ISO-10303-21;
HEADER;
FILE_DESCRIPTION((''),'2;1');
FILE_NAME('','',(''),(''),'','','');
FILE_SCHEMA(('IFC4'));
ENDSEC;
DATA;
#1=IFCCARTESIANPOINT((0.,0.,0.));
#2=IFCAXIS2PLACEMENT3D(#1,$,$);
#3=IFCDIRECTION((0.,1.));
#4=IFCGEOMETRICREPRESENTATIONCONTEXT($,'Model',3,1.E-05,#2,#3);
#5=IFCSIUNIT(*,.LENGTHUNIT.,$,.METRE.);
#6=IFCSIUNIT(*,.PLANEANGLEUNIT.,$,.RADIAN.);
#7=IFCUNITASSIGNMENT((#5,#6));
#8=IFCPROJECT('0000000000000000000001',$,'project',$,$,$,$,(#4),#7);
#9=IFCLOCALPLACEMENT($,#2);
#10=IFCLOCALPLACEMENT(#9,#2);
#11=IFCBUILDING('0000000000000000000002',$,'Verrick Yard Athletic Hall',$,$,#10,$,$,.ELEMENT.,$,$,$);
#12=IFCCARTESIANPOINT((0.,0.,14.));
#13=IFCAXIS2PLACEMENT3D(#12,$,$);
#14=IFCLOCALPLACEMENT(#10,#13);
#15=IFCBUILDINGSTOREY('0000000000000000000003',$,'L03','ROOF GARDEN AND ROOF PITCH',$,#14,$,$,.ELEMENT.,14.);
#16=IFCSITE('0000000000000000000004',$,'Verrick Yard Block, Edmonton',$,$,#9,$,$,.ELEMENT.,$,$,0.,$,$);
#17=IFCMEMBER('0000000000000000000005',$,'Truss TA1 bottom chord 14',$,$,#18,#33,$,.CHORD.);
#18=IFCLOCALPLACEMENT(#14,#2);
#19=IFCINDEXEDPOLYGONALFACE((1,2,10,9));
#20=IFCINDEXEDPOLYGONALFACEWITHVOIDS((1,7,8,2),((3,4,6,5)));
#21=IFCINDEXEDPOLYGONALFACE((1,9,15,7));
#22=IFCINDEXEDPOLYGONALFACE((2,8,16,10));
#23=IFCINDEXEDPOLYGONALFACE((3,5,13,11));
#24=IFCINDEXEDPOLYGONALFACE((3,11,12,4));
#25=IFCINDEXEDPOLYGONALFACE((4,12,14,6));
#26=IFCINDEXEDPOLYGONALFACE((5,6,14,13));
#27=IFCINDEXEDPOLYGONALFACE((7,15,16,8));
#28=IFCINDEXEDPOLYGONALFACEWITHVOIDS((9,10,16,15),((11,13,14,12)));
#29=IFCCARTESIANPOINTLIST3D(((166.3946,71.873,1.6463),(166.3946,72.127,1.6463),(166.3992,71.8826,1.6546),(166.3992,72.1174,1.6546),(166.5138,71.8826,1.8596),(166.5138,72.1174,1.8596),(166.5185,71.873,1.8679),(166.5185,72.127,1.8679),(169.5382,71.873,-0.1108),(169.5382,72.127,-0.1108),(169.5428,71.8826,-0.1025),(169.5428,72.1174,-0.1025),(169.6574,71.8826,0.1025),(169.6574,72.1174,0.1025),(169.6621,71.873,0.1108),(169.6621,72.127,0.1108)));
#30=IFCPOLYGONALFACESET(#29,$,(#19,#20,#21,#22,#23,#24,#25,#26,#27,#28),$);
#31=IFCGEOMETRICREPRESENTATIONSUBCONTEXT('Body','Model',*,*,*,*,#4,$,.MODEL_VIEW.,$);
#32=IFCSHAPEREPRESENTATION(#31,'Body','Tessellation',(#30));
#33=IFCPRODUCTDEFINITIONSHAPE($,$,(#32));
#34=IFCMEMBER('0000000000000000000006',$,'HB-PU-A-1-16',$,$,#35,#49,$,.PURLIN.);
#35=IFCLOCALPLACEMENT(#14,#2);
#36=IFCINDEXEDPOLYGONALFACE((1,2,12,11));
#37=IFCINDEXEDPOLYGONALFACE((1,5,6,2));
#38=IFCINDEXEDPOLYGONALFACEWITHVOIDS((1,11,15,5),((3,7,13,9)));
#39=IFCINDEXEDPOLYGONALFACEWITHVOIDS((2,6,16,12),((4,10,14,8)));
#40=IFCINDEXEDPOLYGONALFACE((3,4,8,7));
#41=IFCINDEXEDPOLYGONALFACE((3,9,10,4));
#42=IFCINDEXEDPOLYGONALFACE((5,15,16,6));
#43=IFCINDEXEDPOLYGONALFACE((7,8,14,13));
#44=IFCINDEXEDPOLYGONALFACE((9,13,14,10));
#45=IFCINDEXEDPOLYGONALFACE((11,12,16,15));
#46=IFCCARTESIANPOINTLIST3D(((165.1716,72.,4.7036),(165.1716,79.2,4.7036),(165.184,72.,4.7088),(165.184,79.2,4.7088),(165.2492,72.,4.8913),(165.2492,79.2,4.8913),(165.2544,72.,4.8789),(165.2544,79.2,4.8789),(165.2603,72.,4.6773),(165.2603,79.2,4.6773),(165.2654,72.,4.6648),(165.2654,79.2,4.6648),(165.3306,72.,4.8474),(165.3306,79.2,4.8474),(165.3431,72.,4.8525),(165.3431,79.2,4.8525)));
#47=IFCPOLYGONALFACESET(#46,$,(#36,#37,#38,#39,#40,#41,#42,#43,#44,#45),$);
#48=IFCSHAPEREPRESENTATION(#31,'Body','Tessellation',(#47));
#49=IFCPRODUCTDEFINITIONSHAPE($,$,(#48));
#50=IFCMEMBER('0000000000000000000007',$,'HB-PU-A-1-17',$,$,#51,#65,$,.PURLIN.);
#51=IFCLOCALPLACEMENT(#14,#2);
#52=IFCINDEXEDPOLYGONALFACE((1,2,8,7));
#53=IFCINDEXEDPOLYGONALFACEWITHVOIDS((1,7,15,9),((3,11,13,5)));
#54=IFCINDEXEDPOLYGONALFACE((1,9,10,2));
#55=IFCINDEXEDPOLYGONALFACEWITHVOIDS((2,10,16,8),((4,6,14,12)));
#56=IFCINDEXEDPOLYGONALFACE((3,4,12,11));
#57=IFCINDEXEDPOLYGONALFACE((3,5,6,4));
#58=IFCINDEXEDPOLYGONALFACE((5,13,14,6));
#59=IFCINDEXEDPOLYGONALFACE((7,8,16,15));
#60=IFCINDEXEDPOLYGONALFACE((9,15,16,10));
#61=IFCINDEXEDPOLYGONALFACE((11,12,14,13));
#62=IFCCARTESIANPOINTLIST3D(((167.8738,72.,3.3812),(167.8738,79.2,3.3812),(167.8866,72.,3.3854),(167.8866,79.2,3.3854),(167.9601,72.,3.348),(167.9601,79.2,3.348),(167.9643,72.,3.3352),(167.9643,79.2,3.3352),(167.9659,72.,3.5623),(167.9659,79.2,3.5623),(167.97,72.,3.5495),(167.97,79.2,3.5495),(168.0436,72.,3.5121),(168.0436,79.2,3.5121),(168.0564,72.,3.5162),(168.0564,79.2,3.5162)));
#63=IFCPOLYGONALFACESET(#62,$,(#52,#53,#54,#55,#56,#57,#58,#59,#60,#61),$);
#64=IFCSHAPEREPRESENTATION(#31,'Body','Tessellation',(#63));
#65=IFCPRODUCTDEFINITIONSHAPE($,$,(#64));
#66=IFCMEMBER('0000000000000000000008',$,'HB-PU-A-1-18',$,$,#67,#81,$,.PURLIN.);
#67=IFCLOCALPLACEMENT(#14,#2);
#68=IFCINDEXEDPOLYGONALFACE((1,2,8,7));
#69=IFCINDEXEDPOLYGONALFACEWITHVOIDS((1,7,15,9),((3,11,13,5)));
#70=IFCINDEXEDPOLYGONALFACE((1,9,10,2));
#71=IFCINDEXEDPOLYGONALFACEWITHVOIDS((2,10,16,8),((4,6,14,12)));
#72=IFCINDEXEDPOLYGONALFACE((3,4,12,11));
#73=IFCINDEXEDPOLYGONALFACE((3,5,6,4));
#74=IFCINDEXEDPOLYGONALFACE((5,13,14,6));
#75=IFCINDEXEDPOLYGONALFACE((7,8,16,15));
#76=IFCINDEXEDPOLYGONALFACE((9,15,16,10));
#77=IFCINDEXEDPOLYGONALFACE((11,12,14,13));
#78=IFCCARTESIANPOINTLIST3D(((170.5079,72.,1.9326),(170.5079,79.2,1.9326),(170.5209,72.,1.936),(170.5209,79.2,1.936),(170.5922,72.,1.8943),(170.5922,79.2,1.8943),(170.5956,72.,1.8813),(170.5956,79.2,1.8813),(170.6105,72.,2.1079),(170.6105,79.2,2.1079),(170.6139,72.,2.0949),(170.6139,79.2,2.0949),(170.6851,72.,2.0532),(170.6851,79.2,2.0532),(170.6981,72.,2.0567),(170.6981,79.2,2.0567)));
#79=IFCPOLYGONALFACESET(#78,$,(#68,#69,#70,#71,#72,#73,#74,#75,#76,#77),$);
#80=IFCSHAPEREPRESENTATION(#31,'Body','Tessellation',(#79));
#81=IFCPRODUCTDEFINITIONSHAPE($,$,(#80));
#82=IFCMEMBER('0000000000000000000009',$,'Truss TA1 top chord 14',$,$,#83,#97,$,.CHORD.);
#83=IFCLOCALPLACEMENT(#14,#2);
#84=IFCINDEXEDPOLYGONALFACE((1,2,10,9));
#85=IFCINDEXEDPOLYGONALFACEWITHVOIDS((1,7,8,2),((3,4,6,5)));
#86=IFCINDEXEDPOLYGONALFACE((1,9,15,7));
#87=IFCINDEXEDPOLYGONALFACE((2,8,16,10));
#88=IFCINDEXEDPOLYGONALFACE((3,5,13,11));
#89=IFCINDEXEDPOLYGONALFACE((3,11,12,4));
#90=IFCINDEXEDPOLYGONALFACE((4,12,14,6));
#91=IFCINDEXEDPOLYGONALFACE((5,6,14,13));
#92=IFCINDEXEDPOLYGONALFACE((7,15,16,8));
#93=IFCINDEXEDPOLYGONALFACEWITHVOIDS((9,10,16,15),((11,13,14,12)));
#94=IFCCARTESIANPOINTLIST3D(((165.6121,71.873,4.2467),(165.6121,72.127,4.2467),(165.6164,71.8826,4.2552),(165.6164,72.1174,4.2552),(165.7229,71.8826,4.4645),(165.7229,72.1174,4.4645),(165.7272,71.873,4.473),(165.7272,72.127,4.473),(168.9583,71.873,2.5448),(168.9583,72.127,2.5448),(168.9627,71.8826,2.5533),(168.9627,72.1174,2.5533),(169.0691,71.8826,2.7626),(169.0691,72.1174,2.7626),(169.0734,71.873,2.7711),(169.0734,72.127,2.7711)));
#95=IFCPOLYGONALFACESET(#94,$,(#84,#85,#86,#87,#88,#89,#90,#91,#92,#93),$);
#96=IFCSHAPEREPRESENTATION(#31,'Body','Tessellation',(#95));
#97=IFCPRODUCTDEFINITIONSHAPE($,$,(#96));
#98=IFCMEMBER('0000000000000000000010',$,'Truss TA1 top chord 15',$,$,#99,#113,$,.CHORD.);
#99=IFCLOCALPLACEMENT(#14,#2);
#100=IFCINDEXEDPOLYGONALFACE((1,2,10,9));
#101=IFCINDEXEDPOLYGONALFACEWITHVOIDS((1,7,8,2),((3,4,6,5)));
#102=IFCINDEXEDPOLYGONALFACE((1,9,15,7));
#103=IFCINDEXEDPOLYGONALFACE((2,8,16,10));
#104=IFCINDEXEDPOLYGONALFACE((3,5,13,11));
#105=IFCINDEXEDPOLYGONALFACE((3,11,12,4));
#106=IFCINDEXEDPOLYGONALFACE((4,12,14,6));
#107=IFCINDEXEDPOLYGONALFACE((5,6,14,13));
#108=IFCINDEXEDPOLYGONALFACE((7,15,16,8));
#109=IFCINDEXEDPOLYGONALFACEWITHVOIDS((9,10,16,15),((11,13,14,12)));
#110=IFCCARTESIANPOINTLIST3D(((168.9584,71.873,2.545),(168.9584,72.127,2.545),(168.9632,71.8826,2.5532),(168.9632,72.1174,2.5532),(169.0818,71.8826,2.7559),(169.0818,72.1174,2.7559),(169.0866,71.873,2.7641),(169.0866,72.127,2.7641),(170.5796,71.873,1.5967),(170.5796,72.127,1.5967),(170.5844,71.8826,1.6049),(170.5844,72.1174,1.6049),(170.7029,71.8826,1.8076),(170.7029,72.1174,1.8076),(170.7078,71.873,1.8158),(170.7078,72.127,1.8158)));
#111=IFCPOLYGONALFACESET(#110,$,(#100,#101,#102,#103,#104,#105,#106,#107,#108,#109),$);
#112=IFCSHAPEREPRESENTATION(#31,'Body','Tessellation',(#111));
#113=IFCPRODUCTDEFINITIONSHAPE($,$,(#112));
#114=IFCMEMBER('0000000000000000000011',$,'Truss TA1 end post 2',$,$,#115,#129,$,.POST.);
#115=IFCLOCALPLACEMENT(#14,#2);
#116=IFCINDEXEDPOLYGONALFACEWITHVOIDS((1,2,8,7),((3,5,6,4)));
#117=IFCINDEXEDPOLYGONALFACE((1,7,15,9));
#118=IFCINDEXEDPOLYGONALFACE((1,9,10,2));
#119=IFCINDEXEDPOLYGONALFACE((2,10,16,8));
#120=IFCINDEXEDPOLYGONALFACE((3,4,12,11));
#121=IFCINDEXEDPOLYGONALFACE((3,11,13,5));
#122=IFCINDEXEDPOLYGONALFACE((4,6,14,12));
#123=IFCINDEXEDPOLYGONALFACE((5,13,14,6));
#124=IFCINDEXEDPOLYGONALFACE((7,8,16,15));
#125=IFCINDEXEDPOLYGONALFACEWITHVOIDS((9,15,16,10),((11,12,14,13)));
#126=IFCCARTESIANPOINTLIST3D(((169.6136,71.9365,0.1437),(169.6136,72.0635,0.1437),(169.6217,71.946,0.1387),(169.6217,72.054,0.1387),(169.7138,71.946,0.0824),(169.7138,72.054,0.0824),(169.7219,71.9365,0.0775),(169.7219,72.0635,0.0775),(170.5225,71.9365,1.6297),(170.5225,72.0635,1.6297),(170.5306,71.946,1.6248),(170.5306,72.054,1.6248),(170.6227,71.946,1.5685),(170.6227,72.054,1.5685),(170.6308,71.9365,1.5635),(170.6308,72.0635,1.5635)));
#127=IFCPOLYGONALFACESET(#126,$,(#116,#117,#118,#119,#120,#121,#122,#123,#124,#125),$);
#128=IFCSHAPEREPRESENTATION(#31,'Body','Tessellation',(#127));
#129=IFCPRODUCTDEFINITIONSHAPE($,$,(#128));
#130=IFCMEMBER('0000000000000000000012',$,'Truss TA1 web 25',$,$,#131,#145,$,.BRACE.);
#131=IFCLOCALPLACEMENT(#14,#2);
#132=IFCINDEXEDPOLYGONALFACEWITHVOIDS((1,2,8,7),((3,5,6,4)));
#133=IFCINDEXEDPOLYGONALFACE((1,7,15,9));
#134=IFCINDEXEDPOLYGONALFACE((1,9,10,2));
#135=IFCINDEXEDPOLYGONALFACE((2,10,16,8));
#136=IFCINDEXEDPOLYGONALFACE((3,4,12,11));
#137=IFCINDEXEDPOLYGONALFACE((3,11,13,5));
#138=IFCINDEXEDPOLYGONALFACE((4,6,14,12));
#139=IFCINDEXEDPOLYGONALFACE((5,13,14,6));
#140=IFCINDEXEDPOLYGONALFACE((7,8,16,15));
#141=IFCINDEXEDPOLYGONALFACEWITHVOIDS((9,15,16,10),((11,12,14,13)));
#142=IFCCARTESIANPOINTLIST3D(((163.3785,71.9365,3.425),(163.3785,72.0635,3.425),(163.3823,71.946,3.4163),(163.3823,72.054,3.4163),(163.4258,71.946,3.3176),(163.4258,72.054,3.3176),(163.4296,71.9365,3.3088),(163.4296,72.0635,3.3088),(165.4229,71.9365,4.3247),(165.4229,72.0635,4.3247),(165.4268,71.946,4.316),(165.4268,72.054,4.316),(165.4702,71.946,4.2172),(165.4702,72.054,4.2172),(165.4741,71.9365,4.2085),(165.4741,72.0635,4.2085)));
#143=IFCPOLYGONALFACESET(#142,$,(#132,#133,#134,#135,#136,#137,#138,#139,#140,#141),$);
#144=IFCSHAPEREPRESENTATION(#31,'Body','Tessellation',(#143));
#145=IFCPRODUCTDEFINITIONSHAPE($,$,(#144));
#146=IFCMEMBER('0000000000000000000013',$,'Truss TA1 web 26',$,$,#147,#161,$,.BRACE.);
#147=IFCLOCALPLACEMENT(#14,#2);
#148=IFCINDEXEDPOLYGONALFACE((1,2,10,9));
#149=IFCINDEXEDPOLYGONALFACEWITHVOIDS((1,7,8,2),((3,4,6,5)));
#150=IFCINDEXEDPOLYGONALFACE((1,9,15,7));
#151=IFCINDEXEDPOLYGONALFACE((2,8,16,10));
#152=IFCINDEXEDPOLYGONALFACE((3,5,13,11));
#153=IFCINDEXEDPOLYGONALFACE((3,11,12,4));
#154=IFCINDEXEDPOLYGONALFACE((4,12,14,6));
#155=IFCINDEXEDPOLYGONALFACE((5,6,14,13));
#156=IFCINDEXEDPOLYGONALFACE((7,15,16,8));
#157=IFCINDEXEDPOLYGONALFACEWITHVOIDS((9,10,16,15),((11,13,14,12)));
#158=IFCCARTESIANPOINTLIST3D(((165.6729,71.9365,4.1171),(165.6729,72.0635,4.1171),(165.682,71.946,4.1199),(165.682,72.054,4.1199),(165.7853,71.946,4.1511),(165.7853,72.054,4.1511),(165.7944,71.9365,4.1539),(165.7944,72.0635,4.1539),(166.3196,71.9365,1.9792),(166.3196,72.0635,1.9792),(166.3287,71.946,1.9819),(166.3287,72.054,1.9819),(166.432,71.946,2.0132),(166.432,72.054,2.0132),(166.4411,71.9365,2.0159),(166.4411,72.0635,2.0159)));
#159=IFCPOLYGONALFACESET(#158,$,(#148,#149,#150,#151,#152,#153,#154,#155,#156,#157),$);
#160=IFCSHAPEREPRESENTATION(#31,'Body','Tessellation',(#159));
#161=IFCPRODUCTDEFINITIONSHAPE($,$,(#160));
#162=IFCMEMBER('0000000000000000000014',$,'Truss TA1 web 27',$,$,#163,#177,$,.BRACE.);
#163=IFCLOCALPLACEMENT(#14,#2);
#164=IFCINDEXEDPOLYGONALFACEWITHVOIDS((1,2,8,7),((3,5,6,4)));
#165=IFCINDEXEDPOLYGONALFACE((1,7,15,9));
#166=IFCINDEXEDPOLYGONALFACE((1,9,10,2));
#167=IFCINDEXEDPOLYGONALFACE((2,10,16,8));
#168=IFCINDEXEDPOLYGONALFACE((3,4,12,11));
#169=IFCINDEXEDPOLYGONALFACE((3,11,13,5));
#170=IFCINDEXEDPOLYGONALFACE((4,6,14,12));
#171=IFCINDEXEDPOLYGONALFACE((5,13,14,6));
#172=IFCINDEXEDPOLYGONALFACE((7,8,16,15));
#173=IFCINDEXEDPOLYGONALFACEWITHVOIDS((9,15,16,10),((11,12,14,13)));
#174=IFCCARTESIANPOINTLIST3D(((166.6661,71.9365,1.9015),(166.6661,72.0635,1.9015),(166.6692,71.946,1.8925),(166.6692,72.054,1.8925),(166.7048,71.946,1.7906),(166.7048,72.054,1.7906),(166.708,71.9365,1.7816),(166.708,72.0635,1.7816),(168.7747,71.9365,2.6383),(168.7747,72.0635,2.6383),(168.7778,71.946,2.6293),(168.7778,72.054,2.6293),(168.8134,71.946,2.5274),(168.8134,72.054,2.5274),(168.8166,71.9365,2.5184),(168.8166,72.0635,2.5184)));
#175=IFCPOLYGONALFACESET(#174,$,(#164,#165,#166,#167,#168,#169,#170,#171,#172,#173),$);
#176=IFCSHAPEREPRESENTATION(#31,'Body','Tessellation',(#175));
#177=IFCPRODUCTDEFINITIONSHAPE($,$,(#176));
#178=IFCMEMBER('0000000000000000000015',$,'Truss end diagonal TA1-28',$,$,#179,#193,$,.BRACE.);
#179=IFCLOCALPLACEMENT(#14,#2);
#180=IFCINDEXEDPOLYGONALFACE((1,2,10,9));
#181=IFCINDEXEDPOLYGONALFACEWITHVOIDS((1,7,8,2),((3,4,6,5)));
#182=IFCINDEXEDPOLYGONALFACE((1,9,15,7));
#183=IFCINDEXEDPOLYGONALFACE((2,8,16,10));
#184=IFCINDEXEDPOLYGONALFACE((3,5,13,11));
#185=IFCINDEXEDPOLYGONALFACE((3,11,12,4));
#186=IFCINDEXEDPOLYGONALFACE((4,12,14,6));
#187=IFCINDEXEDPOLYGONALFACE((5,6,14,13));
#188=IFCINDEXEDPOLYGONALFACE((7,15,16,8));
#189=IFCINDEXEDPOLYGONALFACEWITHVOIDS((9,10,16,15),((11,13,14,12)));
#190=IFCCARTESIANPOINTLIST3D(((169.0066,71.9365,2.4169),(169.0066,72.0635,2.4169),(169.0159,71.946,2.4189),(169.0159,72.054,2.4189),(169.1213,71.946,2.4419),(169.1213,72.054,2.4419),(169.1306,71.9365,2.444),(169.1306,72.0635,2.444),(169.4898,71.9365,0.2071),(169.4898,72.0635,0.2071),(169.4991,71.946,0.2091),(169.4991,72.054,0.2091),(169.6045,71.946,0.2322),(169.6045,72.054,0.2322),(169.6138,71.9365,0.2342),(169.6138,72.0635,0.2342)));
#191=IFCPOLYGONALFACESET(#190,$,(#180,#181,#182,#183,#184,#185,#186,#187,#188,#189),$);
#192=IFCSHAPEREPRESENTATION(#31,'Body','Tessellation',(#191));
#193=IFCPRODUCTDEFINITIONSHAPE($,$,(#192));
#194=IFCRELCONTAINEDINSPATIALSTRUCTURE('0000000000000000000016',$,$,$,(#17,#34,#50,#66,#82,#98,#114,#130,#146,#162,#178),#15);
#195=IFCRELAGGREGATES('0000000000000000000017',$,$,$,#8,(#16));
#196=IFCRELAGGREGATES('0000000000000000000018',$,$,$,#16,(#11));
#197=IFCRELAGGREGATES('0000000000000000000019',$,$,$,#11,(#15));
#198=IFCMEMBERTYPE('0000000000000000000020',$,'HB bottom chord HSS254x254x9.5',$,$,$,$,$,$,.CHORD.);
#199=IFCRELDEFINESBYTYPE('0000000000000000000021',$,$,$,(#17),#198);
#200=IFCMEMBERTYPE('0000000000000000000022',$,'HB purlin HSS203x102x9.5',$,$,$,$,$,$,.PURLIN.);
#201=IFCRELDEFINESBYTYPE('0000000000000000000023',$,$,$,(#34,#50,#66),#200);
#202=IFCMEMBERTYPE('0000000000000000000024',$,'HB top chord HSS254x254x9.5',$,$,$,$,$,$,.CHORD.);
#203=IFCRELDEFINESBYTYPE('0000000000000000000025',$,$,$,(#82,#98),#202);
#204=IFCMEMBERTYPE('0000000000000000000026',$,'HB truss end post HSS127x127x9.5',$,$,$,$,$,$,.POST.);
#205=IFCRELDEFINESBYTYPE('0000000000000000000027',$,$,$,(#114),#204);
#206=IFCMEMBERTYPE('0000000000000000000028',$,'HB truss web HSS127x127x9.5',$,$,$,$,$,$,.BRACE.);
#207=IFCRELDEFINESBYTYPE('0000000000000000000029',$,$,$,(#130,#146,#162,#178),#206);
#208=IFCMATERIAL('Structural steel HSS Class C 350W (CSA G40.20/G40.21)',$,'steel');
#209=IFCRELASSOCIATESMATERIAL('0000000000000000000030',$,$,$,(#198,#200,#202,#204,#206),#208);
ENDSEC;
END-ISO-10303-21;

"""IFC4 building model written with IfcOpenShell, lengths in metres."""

from ifc_helpers import new_model, si_unit, direction, frame, origin, origin_2d, place, context, subcontext, project, spatial, hollow_rectangle, extrude, material, material_profile, profile_set, type_object, element, save


model = new_model("IFC4")

# Units and contexts
model_context = context("Model", 3, precision=1e-05, world=origin(), true_north=direction((0.0, 1.0)))
body_context = subcontext(model_context, "Body", "Model", "MODEL_VIEW")
ifc_project = project(units=[si_unit("LENGTHUNIT", "METRE"), si_unit("PLANEANGLEUNIT", "RADIAN")], contexts=[model_context])

# Site, building, storey
site_placement = place(None, origin())
site = spatial("IfcSite", under=ifc_project, at=site_placement, Name="Verrick Yard Block, Edmonton", CompositionType="ELEMENT", RefElevation=0.0)
building_placement = place(site_placement, origin())
building = spatial("IfcBuilding", under=site, at=building_placement, Name="Verrick Yard Athletic Hall", CompositionType="ELEMENT")
storey_placement = place(building_placement, frame((0.0, 0.0, 14.0)))
storey = spatial("IfcBuildingStorey", under=building, at=storey_placement, Name="L03", Description="ROOF GARDEN AND ROOF PITCH", CompositionType="ELEMENT", Elevation=14.0)

# Members
ifc_material_1 = material(Name="Structural steel HSS Class C 350W (CSA G40.20/G40.21)", Category="steel")
ifc_material_profile_1 = material_profile(ifc_material_1, hollow_rectangle(XDim=0.2539, YDim=0.2539, WallThickness=0.0095, at=origin_2d()), Name="HSS254x254x9.5")
ifc_profile_set_1 = profile_set([ifc_material_profile_1], Name="Structural steel HSS Class C 350W (CSA G40.20/G40.21)")
member_type_1 = type_object("IfcMemberType", Name="HB bottom chord HSS254x254x9.5", PredefinedType="CHORD", material=ifc_profile_set_1)
member_1_placement = place(storey_placement, frame((166.4565, 72.0, 1.7571), z_axis=(0.872898, 0.0, -0.487903), x_axis=(0.0, 1.0, 0.0)))
element("IfcMember", 1, at=member_1_placement, inside=storey, type_object=member_type_1, Name="Truss TA1 bottom chord 14", PredefinedType="CHORD", context=body_context, shape_type="SweptSolid", body=[
    extrude(hollow_rectangle(XDim=0.2539, YDim=0.2539, WallThickness=0.0095, at=origin_2d()), origin(), (0.0, 0.0, 1.0), 3.6013),
])
ifc_material_profile_2 = material_profile(ifc_material_1, hollow_rectangle(XDim=0.1016, YDim=0.2031, WallThickness=0.0095, at=origin_2d()), Name="HSS203x102x9.5")
ifc_profile_set_2 = profile_set([ifc_material_profile_2], Name="Structural steel HSS Class C 350W (CSA G40.20/G40.21)")
member_type_2 = type_object("IfcMemberType", Name="HB purlin HSS203x102x9.5", PredefinedType="PURLIN", material=ifc_profile_set_2)
for number, where, z_axis, x_axis, name in (
    (2, (165.2573, 72.0, 4.7781), (0.0, 1.0, 0.0), (-0.924123, 0.0, 0.382096), "HB-PU-A-1-16"),
    (3, (167.9651, 72.0, 3.4487), (0.0, 1.0, 0.0), (-0.891353, 0.0, 0.45331), "HB-PU-A-1-17"),
    (4, (170.603, 72.0, 1.9946), (0.0, 1.0, 0.0), (-0.863168, 0.0, 0.504917), "HB-PU-A-1-18"),
):
    element("IfcMember", number, at=place(storey_placement, frame(where, z_axis=z_axis, x_axis=x_axis)), inside=storey, type_object=member_type_2, Name=name, PredefinedType="PURLIN", context=body_context, shape_type="SweptSolid", body=[
        extrude(hollow_rectangle(XDim=0.1016, YDim=0.2031, WallThickness=0.0095, at=origin_2d()), origin(), (0.0, 0.0, 1.0), 7.2),
    ])
ifc_material_profile_3 = material_profile(ifc_material_1, hollow_rectangle(XDim=0.2539, YDim=0.2539, WallThickness=0.0095, at=origin_2d()), Name="HSS254x254x9.5")
ifc_profile_set_3 = profile_set([ifc_material_profile_3], Name="Structural steel HSS Class C 350W (CSA G40.20/G40.21)")
member_type_3 = type_object("IfcMemberType", Name="HB top chord HSS254x254x9.5", PredefinedType="CHORD", material=ifc_profile_set_3)
member_2_placement = place(storey_placement, frame((165.6697, 72.0, 4.3599), z_axis=(0.891337, 0.0, -0.453342), x_axis=(0.0, 1.0, 0.0)))
element("IfcMember", 5, at=member_2_placement, inside=storey, type_object=member_type_3, Name="Truss TA1 top chord 14", PredefinedType="CHORD", context=body_context, shape_type="SweptSolid", body=[
    extrude(hollow_rectangle(XDim=0.2539, YDim=0.2539, WallThickness=0.0095, at=origin_2d()), origin(), (0.0, 0.0, 1.0), 3.7542),
])
member_3_placement = place(storey_placement, frame((169.0225, 72.0, 2.6545), z_axis=(0.863175, 0.0, -0.504905), x_axis=(0.0, 1.0, 0.0)))
element("IfcMember", 6, at=member_3_placement, inside=storey, type_object=member_type_3, Name="Truss TA1 top chord 15", PredefinedType="CHORD", context=body_context, shape_type="SweptSolid", body=[
    extrude(hollow_rectangle(XDim=0.2539, YDim=0.2539, WallThickness=0.0095, at=origin_2d()), origin(), (0.0, 0.0, 1.0), 1.8782),
])
ifc_material_profile_4 = material_profile(ifc_material_1, hollow_rectangle(XDim=0.127, YDim=0.127, WallThickness=0.0095, at=origin_2d()), Name="HSS127x127x9.5")
ifc_profile_set_4 = profile_set([ifc_material_profile_4], Name="Structural steel HSS Class C 350W (CSA G40.20/G40.21)")
member_type_4 = type_object("IfcMemberType", Name="HB truss end post HSS127x127x9.5", PredefinedType="POST", material=ifc_profile_set_4)
member_4_placement = place(storey_placement, frame((169.6677, 72.0, 0.1106), z_axis=(0.521773, 0.0, 0.853084), x_axis=(0.0, 1.0, 0.0)))
element("IfcMember", 7, at=member_4_placement, inside=storey, type_object=member_type_4, Name="Truss TA1 end post 2", PredefinedType="POST", context=body_context, shape_type="SweptSolid", body=[
    extrude(hollow_rectangle(XDim=0.127, YDim=0.127, WallThickness=0.0095, at=origin_2d()), origin(), (0.0, 0.0, 1.0), 1.7419),
])
ifc_material_profile_5 = material_profile(ifc_material_1, hollow_rectangle(XDim=0.127, YDim=0.127, WallThickness=0.0095, at=origin_2d()), Name="HSS127x127x9.5")
ifc_profile_set_5 = profile_set([ifc_material_profile_5], Name="Structural steel HSS Class C 350W (CSA G40.20/G40.21)")
member_type_5 = type_object("IfcMemberType", Name="HB truss web HSS127x127x9.5", PredefinedType="BRACE", material=ifc_profile_set_5)
for number, where, z_axis, x_axis, name in (
    (8, (163.4041, 72.0, 3.3669), (0.915297, 0.0, 0.402779), (0.0, 1.0, 0.0), "Truss TA1 web 25"),
    (9, (165.7336, 72.0, 4.1355), (0.289543, 0.0, -0.957165), (0.0, 1.0, 0.0), "Truss TA1 web 26"),
    (10, (166.687, 72.0, 1.8416), (0.944027, 0.0, 0.329868), (0.0, 1.0, 0.0), "Truss TA1 web 27"),
):
    element("IfcMember", number, at=place(storey_placement, frame(where, z_axis=z_axis, x_axis=x_axis)), inside=storey, type_object=member_type_5, Name=name, PredefinedType="BRACE", context=body_context, shape_type="SweptSolid", body=[
        extrude(hollow_rectangle(XDim=0.127, YDim=0.127, WallThickness=0.0095, at=origin_2d()), origin(), (0.0, 0.0, 1.0), 2.2336),
    ])
member_5_placement = place(storey_placement, frame((169.0686, 72.0, 2.4304), z_axis=(0.213604, 0.0, -0.97692), x_axis=(0.0, 1.0, 0.0)))
element("IfcMember", 11, at=member_5_placement, inside=storey, type_object=member_type_5, Name="Truss end diagonal TA1-28", PredefinedType="BRACE", context=body_context, shape_type="SweptSolid", body=[
    extrude(hollow_rectangle(XDim=0.127, YDim=0.127, WallThickness=0.0095, at=origin_2d()), origin(), (0.0, 0.0, 1.0), 2.262),
])

save(model, "model.ifc")
